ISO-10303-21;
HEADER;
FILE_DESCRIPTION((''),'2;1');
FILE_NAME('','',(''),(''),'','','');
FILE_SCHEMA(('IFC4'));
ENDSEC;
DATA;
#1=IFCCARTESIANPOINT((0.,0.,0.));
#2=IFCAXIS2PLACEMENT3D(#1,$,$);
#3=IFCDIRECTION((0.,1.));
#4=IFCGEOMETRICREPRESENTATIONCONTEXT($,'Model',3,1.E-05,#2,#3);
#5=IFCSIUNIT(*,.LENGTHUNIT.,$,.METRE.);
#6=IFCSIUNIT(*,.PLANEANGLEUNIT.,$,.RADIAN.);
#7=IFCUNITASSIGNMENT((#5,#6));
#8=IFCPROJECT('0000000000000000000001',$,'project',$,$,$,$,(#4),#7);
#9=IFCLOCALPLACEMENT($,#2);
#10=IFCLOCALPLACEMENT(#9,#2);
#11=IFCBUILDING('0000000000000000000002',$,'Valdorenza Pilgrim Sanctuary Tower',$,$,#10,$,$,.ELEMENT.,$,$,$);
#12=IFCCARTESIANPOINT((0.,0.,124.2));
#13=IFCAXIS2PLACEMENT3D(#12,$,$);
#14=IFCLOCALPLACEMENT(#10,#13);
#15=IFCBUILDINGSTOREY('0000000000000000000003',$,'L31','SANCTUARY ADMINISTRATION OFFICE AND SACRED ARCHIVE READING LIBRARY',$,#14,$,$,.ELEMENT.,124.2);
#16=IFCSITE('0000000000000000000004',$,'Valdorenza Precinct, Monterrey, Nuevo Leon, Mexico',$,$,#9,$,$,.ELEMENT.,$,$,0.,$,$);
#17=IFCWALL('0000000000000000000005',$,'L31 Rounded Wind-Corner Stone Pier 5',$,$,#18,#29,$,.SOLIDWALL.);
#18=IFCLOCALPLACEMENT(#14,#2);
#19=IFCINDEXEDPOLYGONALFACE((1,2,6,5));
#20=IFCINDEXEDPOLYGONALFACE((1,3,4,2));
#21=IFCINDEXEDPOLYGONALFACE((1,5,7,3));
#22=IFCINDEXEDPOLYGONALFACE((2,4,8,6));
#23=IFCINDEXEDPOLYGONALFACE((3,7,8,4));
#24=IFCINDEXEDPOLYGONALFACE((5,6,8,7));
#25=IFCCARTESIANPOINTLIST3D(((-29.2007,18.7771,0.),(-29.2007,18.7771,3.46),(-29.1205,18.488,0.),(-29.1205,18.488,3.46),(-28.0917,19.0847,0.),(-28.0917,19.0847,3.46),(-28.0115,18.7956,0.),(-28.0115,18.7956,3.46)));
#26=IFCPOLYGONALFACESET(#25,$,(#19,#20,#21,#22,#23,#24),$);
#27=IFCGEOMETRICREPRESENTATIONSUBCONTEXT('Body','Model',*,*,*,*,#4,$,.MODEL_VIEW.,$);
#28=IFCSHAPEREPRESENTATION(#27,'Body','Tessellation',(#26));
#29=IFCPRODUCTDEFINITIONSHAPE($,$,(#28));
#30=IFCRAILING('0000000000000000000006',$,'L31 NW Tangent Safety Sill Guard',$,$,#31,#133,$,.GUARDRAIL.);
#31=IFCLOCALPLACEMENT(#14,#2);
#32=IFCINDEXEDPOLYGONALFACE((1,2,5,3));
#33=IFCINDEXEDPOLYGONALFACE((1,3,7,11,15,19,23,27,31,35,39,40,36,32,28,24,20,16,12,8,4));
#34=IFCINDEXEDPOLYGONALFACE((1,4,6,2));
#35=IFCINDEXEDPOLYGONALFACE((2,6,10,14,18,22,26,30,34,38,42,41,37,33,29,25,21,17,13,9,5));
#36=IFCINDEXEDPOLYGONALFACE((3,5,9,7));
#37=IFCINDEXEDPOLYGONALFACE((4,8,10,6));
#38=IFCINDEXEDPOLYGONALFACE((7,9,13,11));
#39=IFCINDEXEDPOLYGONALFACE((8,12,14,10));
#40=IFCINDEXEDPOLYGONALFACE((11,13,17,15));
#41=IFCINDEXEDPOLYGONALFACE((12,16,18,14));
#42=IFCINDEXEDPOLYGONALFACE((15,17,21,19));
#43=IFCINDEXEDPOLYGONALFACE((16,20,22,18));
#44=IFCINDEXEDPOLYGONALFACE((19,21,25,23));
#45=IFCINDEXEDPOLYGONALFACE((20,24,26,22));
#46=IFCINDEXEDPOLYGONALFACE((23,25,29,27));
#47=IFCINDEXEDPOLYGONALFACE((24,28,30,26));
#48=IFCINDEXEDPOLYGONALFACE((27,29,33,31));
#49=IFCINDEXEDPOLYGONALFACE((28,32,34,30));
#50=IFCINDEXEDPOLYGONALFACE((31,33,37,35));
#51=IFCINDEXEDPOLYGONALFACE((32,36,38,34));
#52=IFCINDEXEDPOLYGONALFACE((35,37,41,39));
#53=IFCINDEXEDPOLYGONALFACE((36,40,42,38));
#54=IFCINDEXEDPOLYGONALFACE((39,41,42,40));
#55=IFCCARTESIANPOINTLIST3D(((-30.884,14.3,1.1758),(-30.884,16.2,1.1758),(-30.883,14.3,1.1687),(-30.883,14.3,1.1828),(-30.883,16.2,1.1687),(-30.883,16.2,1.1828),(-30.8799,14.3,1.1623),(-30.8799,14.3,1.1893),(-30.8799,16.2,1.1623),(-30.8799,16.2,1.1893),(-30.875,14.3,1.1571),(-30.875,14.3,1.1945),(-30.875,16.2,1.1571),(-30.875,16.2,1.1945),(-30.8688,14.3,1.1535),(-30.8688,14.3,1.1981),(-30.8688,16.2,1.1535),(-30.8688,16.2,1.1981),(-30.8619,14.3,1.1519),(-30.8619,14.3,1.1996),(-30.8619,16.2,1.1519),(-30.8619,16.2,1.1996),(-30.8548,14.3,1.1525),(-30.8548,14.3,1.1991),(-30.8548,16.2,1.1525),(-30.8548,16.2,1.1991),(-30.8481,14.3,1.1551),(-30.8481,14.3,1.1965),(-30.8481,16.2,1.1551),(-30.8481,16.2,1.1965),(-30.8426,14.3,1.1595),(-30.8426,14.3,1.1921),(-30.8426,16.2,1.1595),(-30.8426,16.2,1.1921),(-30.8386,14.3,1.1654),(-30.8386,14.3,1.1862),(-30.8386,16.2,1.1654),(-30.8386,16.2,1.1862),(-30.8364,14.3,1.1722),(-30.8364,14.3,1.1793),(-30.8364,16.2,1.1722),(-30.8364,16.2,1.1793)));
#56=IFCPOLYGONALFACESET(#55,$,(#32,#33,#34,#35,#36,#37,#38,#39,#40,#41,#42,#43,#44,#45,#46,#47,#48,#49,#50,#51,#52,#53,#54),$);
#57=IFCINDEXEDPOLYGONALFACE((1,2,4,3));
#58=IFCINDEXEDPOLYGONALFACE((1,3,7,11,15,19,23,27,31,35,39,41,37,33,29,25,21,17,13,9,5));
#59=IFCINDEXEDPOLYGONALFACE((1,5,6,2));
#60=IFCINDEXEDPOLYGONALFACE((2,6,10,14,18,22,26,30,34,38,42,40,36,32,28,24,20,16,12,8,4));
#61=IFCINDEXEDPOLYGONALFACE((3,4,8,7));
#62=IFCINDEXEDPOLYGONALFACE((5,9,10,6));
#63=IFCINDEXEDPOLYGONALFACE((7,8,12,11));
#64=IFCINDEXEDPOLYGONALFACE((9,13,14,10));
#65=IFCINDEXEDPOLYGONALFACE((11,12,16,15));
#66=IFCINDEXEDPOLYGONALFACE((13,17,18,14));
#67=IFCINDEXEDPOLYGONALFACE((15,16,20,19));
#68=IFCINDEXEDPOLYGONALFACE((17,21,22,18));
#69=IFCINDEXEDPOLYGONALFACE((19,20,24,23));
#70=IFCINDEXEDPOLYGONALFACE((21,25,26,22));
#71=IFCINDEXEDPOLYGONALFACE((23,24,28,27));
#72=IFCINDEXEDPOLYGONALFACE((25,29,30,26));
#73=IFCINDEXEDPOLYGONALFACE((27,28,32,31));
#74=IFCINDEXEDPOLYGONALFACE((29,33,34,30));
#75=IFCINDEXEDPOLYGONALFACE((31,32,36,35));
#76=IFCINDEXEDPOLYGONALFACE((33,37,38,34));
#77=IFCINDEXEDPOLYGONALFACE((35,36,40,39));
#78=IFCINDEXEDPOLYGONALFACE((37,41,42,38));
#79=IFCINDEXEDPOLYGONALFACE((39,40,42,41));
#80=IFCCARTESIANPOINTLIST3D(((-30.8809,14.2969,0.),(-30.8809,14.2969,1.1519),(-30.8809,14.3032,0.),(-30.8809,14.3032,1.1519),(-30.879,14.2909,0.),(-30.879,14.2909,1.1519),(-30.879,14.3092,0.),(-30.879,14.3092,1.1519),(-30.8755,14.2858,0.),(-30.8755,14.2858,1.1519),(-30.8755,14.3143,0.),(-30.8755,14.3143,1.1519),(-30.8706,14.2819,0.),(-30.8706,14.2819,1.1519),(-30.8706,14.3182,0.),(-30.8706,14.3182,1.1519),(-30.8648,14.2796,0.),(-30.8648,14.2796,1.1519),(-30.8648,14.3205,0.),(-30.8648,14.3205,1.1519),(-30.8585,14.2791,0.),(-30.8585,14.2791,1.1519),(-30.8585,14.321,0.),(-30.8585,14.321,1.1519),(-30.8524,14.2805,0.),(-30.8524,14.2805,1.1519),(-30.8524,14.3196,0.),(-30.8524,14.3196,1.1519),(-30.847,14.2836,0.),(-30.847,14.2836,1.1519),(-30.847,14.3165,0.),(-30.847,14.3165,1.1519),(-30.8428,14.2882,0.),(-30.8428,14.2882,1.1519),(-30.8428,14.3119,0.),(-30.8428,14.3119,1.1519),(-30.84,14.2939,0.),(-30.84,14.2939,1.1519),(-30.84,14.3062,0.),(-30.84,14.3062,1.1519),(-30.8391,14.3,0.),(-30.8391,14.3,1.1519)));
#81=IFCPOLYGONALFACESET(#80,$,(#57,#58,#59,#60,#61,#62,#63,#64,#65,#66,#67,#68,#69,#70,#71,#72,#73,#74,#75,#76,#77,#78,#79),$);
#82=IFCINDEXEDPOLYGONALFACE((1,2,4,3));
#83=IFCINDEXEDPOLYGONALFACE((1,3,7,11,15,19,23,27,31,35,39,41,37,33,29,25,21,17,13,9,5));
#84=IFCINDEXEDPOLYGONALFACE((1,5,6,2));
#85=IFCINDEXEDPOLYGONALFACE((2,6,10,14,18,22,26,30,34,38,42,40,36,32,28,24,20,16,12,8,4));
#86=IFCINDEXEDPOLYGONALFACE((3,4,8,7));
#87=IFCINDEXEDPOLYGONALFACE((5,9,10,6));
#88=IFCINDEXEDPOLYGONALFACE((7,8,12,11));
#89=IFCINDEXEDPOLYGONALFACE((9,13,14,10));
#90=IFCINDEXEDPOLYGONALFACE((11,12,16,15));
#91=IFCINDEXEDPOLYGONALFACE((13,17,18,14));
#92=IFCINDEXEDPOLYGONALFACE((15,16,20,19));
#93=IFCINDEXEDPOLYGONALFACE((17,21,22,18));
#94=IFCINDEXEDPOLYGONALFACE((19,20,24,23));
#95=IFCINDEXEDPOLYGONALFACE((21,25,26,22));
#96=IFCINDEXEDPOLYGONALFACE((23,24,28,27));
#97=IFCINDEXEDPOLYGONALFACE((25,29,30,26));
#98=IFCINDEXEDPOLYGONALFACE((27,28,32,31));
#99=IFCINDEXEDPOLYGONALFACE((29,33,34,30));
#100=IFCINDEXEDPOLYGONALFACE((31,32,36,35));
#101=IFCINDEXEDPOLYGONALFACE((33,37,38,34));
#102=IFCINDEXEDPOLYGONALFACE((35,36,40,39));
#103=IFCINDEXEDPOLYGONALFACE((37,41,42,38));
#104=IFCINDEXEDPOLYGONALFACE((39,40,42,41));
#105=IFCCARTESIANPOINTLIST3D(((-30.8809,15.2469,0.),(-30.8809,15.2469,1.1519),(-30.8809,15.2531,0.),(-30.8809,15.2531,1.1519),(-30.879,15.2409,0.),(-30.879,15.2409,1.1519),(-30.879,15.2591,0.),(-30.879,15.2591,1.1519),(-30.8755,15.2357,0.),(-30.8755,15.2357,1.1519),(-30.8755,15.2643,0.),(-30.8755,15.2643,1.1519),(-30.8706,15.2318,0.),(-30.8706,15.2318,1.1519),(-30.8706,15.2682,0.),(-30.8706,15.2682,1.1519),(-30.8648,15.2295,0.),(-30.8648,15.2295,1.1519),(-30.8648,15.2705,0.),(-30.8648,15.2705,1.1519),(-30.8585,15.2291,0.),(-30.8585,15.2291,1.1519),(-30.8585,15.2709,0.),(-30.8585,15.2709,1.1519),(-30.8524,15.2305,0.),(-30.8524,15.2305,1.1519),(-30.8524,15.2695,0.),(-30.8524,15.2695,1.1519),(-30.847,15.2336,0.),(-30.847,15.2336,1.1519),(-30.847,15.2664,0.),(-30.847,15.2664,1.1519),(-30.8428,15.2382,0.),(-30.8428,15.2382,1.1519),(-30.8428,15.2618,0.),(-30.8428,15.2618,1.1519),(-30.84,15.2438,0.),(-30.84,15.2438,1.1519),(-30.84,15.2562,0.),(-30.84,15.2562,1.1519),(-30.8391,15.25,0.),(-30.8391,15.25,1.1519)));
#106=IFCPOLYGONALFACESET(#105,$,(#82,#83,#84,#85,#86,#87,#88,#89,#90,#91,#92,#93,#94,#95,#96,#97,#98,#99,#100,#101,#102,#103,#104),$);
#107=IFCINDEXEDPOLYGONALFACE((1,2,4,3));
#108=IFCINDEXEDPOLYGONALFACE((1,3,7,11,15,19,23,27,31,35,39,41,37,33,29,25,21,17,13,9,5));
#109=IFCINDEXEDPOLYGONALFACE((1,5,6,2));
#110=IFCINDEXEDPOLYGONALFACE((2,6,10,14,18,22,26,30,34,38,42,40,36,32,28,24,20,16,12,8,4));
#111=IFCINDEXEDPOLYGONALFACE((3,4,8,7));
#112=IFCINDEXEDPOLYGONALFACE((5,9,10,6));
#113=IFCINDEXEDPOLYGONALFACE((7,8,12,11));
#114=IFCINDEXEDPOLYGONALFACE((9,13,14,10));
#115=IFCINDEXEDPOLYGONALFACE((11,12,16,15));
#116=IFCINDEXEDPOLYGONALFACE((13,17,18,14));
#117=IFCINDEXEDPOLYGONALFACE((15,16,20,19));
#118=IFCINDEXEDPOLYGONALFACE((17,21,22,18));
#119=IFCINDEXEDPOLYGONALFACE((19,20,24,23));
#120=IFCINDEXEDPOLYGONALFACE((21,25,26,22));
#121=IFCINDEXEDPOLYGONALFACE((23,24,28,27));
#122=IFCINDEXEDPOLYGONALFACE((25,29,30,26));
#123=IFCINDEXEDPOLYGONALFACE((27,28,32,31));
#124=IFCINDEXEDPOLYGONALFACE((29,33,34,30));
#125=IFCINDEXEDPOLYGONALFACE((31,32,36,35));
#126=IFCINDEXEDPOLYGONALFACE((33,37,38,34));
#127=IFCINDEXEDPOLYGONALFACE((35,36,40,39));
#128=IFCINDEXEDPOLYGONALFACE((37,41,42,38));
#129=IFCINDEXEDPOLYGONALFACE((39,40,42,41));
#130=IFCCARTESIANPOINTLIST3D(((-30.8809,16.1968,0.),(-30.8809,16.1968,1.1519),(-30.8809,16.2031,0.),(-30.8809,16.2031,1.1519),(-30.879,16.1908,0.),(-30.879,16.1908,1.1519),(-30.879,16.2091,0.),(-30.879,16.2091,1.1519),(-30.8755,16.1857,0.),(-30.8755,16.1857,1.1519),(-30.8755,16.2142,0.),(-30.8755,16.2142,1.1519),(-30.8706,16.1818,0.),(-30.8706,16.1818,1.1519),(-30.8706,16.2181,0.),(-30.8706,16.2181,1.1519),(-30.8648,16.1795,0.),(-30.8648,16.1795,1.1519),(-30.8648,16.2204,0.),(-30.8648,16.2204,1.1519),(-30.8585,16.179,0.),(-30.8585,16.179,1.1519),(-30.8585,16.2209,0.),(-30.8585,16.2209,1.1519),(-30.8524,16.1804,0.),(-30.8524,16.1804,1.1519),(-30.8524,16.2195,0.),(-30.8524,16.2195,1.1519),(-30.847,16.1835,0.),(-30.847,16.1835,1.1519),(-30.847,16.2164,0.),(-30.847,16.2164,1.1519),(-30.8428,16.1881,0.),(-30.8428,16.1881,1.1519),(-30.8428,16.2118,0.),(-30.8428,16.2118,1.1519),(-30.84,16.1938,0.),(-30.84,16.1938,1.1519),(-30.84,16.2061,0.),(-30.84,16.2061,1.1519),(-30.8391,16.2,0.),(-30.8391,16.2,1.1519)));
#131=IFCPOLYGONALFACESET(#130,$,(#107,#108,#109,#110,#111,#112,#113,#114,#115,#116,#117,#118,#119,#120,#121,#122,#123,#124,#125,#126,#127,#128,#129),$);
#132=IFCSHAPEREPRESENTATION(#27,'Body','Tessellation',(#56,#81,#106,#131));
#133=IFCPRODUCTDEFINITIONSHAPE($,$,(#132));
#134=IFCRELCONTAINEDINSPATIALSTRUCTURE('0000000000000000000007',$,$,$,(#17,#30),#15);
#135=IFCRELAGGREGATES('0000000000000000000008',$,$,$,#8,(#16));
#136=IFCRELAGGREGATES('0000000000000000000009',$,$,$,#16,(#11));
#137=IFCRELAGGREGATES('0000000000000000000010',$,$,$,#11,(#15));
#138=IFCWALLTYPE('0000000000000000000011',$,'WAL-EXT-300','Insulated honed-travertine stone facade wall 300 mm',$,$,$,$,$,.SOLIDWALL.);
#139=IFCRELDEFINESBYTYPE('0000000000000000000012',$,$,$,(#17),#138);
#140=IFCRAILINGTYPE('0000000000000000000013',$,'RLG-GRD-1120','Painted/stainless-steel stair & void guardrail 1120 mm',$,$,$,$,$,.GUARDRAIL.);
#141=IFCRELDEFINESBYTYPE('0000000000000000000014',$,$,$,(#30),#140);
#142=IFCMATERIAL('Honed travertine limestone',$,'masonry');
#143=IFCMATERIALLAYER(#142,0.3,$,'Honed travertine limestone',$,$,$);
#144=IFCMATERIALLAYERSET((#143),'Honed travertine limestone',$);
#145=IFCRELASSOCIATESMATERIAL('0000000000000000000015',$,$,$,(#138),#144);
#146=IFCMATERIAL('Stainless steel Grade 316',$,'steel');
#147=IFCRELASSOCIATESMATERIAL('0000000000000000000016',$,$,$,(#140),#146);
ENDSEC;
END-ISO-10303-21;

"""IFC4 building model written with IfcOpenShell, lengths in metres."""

from ifc_helpers import new_model, si_unit, direction, frame, frame_2d, origin, origin_2d, place, context, subcontext, project, spatial, rectangle, circle, extrude, material, layer, layer_set, type_object, element, save


model = new_model("IFC4")

# Units and contexts
model_context = context("Model", 3, precision=1e-05, world=origin(), true_north=direction((0.0, 1.0)))
body_context = subcontext(model_context, "Body", "Model", "MODEL_VIEW")
ifc_project = project(units=[si_unit("LENGTHUNIT", "METRE"), si_unit("PLANEANGLEUNIT", "RADIAN")], contexts=[model_context])

# Site, building, storey
site_placement = place(None, origin())
site = spatial("IfcSite", under=ifc_project, at=site_placement, Name="Valdorenza Precinct, Monterrey, Nuevo Leon, Mexico", CompositionType="ELEMENT", RefElevation=0.0)
building_placement = place(site_placement, origin())
building = spatial("IfcBuilding", under=site, at=building_placement, Name="Valdorenza Pilgrim Sanctuary Tower", CompositionType="ELEMENT")
storey_placement = place(building_placement, frame((0.0, 0.0, 124.2)))
storey = spatial("IfcBuildingStorey", under=building, at=storey_placement, Name="L31", Description="SANCTUARY ADMINISTRATION OFFICE AND SACRED ARCHIVE READING LIBRARY", CompositionType="ELEMENT", Elevation=124.2)

# Shared definitions
ifc_material_1 = material(Name="Honed travertine limestone", Category="masonry")

# Wall
ifc_layer_1 = layer(ifc_material_1, 0.3, Name="Honed travertine limestone")
ifc_layer_set_1 = layer_set([ifc_layer_1], Name="Honed travertine limestone")
wall_type_1 = type_object("IfcWallType", Name="WAL-EXT-300", Description="Insulated honed-travertine stone facade wall 300 mm", PredefinedType="SOLIDWALL", material=ifc_layer_set_1)
wall_1_placement = place(storey_placement, frame((-29.1606, 18.6326, 0.0), z_axis=(0.0, 0.0, 1.0), x_axis=(0.963624, 0.267261, 0.0)))
element("IfcWall", 1, at=wall_1_placement, inside=storey, type_object=wall_type_1, Name="L31 Rounded Wind-Corner Stone Pier 5", PredefinedType="SOLIDWALL", context=body_context, shape_type="SweptSolid", body=[
    extrude(rectangle(XDim=1.1509, YDim=0.3, at=frame_2d((0.5754, 0.0))), origin(), (0.0, 0.0, 1.0), 3.46),
])

# Railing
ifc_material_2 = material(Name="Stainless steel Grade 316", Category="steel")
railing_type = type_object("IfcRailingType", Name="RLG-GRD-1120", Description="Painted/stainless-steel stair & void guardrail 1120 mm", PredefinedType="GUARDRAIL", material=ifc_material_2)
railing_placement = place(storey_placement, frame((-30.8601, 14.3, 0.0)))
element("IfcRailing", 2, at=railing_placement, inside=storey, type_object=railing_type, Name="L31 NW Tangent Safety Sill Guard", PredefinedType="GUARDRAIL", context=body_context, shape_type="SweptSolid", body=[
    extrude(circle(Radius=0.0239, at=origin_2d()), frame((0.0, 0.0, 1.1758), z_axis=(0.0, 1.0, 0.0), x_axis=(-1.0, 0.0, 0.0)), (0.0, 0.0, 1.0), 1.8999),
    extrude(circle(Radius=0.021, at=origin_2d()), origin(), (0.0, 0.0, 1.0), 1.1519),
    extrude(circle(Radius=0.021, at=origin_2d()), frame((0.0, 0.95, 0.0)), (0.0, 0.0, 1.0), 1.1519),
    extrude(circle(Radius=0.021, at=origin_2d()), frame((0.0, 1.8999, 0.0)), (0.0, 0.0, 1.0), 1.1519),
])

save(model, "model.ifc")
